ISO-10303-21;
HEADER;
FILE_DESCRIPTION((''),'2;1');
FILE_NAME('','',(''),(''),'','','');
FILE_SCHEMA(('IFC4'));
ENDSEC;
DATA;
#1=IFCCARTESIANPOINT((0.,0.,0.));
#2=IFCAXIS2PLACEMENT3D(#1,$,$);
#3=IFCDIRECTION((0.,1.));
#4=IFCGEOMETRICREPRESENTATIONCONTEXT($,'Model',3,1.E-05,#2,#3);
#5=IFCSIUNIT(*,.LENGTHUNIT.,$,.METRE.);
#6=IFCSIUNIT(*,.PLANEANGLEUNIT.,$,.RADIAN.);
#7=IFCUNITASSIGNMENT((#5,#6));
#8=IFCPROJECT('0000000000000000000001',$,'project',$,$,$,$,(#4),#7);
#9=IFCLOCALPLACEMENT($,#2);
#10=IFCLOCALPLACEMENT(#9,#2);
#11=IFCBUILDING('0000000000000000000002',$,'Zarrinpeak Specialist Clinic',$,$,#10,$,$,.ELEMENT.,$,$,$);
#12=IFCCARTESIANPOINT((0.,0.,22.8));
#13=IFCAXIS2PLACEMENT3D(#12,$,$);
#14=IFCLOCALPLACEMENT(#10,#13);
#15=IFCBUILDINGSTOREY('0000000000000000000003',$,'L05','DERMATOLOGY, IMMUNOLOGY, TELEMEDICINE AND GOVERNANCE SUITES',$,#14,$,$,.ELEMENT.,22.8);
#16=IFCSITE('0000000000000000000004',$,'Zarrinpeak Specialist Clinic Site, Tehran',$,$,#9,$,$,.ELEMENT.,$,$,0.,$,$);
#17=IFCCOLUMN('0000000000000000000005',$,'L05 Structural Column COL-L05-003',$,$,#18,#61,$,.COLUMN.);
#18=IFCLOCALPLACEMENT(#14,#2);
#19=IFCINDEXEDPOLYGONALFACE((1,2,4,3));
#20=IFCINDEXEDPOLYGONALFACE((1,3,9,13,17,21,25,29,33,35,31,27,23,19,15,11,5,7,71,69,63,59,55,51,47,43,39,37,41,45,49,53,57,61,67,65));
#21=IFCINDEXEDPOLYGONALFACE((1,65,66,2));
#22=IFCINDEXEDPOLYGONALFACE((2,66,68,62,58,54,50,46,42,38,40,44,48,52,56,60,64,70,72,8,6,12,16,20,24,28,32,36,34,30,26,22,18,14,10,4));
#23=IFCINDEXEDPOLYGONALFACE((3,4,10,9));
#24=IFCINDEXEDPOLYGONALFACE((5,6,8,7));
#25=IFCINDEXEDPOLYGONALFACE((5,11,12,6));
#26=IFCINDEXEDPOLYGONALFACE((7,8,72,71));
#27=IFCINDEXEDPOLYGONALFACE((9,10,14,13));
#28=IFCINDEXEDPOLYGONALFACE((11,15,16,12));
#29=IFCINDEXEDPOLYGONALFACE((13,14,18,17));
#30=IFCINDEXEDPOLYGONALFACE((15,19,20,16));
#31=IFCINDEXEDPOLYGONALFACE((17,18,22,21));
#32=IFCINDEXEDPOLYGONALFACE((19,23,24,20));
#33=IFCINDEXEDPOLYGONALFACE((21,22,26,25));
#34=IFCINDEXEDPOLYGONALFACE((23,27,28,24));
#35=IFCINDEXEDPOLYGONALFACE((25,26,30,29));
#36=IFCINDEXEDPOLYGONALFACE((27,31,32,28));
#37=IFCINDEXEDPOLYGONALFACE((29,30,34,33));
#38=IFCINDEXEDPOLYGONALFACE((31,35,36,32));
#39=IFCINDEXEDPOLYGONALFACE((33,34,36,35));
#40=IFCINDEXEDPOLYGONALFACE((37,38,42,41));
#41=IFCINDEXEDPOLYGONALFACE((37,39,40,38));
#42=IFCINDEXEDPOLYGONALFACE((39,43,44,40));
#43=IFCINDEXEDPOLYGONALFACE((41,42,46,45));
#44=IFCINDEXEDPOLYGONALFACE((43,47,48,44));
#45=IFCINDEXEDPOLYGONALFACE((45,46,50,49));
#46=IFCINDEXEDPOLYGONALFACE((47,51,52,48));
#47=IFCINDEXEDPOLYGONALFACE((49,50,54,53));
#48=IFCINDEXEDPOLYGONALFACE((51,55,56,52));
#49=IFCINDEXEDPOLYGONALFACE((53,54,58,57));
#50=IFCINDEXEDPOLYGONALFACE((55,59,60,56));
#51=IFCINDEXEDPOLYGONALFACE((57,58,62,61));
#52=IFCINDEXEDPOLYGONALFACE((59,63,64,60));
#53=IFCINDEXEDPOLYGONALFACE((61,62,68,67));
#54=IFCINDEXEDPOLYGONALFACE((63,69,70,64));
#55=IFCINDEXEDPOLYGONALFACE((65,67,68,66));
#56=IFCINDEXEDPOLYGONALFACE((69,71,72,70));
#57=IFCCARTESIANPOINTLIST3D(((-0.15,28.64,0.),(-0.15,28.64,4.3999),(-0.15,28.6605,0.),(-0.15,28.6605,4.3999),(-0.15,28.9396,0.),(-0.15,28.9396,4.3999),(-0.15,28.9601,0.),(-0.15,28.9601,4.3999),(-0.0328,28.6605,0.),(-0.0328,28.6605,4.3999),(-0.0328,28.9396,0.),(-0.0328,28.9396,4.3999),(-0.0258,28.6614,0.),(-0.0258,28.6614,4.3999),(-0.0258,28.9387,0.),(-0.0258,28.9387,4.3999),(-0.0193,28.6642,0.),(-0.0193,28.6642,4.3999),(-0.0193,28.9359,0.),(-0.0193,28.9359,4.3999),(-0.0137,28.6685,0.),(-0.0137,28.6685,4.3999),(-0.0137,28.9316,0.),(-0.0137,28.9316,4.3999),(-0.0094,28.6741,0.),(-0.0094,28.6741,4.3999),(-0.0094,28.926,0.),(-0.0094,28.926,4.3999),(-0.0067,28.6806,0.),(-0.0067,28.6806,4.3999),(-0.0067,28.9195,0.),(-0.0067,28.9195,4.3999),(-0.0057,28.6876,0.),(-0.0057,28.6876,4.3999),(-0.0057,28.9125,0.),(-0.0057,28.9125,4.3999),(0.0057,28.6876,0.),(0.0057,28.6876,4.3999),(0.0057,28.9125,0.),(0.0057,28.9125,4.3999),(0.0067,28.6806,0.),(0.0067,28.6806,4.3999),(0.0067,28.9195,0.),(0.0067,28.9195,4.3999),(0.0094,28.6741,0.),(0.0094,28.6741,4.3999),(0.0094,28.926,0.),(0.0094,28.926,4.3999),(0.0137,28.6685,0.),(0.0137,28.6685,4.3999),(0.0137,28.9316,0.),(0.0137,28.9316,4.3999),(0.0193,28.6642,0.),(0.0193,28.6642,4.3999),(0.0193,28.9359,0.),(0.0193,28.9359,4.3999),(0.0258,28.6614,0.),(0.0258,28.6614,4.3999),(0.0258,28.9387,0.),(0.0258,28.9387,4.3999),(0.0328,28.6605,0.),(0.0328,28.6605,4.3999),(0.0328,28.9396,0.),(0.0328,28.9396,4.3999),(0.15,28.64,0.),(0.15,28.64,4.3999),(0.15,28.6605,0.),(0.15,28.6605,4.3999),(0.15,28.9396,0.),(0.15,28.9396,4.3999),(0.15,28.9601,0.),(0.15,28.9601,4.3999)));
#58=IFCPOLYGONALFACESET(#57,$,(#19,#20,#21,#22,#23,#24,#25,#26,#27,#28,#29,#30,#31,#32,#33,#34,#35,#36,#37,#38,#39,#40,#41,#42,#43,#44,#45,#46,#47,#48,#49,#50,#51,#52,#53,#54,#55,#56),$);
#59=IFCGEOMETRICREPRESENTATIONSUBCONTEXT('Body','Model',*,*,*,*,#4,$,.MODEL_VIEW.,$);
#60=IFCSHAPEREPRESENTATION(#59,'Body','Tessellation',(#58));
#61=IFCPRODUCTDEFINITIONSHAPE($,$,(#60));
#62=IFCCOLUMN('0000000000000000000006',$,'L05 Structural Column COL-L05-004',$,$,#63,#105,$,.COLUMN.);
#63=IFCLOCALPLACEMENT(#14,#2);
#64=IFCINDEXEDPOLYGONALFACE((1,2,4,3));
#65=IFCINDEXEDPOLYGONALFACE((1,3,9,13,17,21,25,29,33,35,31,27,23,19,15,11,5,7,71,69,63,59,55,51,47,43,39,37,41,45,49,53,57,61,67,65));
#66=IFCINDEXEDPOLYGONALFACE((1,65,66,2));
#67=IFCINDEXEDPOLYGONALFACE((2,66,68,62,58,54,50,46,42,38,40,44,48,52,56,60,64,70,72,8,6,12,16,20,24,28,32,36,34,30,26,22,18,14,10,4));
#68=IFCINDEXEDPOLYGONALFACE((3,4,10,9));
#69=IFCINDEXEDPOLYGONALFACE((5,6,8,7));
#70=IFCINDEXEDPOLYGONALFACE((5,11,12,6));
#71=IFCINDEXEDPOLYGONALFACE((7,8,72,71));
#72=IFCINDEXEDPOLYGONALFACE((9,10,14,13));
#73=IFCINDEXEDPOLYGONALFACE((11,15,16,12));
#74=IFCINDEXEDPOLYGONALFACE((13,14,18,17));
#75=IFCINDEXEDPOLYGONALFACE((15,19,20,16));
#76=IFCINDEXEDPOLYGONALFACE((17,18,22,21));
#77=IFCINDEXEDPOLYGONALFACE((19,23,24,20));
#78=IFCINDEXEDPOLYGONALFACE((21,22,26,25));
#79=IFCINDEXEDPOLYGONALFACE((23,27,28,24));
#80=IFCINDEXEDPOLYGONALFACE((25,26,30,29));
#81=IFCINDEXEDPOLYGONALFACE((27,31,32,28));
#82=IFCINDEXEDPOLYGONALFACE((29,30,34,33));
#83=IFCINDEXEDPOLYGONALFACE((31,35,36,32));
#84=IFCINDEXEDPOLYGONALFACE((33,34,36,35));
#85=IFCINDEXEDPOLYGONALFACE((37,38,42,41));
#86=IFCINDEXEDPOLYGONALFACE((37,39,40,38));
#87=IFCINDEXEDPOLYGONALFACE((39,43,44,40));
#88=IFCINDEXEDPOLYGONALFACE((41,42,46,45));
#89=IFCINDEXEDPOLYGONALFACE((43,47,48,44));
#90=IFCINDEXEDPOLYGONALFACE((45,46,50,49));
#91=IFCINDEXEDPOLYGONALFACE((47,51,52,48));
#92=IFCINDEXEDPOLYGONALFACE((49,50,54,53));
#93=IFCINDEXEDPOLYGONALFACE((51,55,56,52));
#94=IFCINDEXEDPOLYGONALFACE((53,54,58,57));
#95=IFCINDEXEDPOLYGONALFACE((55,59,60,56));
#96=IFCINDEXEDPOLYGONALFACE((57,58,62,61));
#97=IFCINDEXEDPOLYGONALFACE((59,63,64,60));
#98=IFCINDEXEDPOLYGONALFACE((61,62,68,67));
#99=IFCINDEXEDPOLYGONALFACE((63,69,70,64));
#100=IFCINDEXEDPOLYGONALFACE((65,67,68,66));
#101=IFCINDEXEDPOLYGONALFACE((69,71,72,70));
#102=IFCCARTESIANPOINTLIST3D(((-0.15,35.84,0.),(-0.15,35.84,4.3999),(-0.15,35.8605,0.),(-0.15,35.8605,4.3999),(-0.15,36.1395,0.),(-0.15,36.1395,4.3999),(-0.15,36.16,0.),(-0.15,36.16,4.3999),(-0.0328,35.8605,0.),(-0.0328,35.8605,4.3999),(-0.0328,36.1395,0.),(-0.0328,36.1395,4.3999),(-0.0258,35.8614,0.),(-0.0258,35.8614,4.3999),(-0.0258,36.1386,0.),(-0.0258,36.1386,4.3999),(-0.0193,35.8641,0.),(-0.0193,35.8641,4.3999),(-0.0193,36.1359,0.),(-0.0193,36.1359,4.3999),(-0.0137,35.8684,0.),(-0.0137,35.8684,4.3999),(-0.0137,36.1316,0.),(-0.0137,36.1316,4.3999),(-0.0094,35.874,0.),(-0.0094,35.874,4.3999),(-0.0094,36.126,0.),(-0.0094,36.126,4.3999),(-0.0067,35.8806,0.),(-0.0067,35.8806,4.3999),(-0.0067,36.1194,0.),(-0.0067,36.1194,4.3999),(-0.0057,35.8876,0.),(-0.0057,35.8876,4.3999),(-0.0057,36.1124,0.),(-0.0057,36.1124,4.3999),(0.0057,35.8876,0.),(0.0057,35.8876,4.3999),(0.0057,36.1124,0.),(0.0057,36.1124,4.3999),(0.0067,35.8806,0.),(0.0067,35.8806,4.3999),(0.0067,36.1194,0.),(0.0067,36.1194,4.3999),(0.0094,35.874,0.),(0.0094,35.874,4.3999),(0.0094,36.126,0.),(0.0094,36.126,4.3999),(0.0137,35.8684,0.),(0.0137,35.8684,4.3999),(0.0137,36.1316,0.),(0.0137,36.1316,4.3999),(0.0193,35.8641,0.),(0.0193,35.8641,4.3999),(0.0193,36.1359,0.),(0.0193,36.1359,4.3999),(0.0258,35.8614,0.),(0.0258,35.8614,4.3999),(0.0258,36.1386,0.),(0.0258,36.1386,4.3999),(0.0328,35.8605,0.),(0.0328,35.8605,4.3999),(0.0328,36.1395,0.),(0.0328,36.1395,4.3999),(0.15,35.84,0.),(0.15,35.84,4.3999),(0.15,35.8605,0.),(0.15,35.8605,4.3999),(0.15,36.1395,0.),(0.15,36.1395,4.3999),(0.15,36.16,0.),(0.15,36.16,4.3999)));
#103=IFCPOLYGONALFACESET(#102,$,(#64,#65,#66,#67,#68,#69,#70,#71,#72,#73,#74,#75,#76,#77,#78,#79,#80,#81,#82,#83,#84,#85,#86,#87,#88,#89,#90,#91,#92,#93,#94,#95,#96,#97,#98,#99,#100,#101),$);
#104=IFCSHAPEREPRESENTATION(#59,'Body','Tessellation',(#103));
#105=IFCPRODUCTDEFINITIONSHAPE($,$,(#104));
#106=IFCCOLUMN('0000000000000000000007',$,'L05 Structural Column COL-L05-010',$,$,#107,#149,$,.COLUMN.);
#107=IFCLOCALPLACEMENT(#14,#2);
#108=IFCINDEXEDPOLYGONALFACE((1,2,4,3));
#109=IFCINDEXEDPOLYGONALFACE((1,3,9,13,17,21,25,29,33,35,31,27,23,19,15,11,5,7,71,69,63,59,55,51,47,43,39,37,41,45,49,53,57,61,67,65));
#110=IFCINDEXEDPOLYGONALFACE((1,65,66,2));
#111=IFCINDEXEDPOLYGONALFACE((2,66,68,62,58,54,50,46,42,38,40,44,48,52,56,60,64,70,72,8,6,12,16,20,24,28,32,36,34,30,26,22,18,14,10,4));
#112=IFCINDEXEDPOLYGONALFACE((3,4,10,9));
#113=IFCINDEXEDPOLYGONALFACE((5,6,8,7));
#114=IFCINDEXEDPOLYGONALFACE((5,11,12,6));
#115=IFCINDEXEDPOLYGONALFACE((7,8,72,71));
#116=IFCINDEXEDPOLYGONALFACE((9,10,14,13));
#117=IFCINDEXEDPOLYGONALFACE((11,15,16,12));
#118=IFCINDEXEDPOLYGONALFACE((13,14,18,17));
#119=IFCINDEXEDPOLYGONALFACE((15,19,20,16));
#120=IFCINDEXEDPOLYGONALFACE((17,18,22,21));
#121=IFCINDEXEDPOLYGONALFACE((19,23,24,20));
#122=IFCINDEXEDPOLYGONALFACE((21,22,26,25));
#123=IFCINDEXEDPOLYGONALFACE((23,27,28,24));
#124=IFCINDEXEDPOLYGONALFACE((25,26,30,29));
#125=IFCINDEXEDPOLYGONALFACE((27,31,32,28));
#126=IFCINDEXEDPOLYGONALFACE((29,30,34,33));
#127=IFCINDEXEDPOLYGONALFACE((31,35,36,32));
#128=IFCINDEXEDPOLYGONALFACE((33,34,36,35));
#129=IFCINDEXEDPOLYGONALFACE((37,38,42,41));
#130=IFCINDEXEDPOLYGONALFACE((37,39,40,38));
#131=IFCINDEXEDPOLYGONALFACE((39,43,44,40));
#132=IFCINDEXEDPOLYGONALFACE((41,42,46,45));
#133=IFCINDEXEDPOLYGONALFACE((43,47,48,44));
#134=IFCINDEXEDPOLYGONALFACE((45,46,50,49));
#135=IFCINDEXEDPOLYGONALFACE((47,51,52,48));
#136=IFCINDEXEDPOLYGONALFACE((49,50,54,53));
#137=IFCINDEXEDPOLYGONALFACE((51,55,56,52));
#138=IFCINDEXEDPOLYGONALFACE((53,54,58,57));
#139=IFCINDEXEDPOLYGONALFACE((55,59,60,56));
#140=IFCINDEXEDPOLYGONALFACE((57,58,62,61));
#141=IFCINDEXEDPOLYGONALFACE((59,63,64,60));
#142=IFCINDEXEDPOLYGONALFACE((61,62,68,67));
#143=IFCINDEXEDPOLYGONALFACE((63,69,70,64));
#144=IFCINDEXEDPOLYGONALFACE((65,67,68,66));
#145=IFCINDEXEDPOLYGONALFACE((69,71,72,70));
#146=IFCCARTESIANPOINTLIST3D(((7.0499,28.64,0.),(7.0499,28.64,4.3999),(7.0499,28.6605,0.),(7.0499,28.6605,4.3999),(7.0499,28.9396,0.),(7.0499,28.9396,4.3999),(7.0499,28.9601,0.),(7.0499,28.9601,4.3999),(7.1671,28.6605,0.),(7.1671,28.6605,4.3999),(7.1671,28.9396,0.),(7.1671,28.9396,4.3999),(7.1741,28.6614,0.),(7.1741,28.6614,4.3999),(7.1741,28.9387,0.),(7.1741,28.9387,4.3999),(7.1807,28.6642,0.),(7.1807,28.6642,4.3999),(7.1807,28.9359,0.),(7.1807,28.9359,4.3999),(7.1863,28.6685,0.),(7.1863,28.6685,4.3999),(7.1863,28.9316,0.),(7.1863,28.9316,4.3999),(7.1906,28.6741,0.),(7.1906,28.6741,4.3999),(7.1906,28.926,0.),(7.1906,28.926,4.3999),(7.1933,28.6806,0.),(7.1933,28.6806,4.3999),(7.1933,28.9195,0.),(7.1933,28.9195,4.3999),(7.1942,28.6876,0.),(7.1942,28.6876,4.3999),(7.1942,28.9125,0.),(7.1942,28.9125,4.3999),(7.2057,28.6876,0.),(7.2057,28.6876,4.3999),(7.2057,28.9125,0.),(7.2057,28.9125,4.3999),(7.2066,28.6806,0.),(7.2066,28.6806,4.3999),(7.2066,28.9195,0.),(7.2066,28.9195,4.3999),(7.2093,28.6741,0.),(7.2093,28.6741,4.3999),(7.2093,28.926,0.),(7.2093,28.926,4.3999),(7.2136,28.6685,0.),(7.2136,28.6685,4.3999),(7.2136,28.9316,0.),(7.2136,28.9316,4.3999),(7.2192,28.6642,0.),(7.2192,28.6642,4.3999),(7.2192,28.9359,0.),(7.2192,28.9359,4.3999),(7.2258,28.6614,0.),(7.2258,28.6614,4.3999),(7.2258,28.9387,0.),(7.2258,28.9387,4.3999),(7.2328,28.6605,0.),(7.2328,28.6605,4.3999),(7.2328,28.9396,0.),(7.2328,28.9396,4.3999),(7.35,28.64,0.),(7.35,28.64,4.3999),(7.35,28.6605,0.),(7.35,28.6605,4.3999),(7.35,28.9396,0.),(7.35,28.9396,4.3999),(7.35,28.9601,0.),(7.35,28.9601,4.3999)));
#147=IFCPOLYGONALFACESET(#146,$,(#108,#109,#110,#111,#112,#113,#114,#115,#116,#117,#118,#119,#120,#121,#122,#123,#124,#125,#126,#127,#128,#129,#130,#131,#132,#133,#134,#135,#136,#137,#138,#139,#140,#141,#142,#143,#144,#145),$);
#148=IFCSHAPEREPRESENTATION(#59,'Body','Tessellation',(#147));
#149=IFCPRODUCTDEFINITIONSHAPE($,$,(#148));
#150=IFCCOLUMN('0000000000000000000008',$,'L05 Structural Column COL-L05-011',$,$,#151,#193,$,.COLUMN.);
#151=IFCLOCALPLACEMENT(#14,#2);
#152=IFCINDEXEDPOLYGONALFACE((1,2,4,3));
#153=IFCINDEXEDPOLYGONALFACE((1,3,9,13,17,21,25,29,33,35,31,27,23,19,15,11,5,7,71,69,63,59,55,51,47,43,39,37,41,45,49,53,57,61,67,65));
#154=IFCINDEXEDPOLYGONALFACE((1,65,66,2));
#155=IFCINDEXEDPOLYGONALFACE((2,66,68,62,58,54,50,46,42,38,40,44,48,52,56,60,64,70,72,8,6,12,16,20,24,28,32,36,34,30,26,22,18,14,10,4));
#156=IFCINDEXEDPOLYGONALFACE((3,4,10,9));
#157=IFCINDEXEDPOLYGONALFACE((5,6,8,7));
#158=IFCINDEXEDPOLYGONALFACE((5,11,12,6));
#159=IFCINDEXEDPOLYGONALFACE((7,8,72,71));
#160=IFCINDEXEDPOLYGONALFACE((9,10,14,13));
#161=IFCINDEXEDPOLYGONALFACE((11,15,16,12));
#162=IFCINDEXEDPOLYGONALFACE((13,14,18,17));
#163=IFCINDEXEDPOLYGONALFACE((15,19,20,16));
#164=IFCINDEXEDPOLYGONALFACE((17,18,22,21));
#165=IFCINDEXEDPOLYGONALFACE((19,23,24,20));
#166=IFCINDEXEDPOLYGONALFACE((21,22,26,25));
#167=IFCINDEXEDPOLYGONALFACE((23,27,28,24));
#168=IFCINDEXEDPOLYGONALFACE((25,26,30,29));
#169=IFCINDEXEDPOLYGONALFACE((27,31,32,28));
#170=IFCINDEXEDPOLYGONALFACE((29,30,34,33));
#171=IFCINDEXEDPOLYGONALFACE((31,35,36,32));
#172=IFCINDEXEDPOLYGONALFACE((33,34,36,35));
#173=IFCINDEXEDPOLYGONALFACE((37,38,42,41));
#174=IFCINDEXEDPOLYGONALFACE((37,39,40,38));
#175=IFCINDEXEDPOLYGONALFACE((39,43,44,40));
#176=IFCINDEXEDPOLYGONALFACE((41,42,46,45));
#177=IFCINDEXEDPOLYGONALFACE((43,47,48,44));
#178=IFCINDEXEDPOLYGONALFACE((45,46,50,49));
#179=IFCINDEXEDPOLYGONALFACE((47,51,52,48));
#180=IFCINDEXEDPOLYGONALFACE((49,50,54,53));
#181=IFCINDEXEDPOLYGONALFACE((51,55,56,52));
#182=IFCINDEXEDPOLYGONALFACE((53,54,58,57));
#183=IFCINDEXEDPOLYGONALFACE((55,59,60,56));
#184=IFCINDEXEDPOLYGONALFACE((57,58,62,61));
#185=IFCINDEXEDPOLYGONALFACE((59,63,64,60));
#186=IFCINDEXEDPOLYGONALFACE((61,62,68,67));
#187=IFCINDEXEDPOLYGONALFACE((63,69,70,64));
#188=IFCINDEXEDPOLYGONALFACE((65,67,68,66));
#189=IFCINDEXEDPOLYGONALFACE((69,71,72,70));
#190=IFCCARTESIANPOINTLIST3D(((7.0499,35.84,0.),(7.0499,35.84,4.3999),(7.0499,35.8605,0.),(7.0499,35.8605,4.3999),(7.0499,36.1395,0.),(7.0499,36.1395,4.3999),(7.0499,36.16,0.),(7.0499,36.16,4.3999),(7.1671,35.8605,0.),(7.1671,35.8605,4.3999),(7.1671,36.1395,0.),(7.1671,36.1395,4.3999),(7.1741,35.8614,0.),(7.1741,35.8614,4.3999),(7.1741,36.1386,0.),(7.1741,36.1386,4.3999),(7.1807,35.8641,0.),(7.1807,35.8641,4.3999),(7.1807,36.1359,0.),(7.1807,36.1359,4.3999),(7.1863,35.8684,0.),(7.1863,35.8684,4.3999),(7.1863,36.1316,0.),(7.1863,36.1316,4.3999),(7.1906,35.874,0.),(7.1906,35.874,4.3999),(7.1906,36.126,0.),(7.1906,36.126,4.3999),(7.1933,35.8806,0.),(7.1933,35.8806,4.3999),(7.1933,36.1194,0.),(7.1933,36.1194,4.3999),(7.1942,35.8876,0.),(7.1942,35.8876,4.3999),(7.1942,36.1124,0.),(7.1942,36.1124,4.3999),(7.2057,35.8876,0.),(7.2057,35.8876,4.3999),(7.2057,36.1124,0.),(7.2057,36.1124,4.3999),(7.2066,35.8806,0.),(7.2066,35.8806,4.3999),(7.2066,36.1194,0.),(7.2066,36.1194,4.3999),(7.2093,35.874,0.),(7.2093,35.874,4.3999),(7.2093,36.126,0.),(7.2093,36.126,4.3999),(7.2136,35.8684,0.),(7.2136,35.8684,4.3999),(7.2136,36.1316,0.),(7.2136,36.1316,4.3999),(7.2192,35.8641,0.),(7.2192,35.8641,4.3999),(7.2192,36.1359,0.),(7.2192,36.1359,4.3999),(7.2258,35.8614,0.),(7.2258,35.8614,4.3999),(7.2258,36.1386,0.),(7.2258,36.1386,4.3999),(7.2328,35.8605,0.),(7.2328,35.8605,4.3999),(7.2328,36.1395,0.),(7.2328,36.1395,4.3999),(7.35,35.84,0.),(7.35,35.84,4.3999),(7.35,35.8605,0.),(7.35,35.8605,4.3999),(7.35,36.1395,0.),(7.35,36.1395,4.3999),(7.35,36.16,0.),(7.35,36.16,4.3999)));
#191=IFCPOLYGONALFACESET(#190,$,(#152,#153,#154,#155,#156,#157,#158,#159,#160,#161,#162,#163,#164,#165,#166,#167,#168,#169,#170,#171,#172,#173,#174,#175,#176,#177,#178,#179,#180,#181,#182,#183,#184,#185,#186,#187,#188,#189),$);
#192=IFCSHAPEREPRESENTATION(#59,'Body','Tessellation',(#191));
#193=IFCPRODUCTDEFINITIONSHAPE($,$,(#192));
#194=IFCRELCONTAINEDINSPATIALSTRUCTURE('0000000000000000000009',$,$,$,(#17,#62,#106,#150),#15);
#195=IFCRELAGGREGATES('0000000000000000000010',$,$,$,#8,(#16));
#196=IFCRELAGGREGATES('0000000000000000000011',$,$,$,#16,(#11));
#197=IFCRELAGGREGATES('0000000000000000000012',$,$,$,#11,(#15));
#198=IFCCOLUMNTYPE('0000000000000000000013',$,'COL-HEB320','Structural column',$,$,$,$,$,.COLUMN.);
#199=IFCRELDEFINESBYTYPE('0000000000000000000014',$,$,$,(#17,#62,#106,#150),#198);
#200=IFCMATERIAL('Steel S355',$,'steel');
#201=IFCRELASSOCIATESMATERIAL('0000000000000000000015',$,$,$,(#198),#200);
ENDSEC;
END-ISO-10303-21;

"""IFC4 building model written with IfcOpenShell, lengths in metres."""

from ifc_helpers import new_model, si_unit, direction, frame, origin, origin_2d, place, context, subcontext, project, spatial, i_section, extrude, material, material_profile, profile_set, type_object, element, save


model = new_model("IFC4")

# Units and contexts
model_context = context("Model", 3, precision=1e-05, world=origin(), true_north=direction((0.0, 1.0)))
body_context = subcontext(model_context, "Body", "Model", "MODEL_VIEW")
ifc_project = project(units=[si_unit("LENGTHUNIT", "METRE"), si_unit("PLANEANGLEUNIT", "RADIAN")], contexts=[model_context])

# Site, building, storey
site_placement = place(None, origin())
site = spatial("IfcSite", under=ifc_project, at=site_placement, Name="Zarrinpeak Specialist Clinic Site, Tehran", CompositionType="ELEMENT", RefElevation=0.0)
building_placement = place(site_placement, origin())
building = spatial("IfcBuilding", under=site, at=building_placement, Name="Zarrinpeak Specialist Clinic", CompositionType="ELEMENT")
storey_placement = place(building_placement, frame((0.0, 0.0, 22.8)))
storey = spatial("IfcBuildingStorey", under=building, at=storey_placement, Name="L05", Description="DERMATOLOGY, IMMUNOLOGY, TELEMEDICINE AND GOVERNANCE SUITES", CompositionType="ELEMENT", Elevation=22.8)

# Columns
ifc_material_1 = material(Name="Steel S355", Category="steel")
ifc_material_profile_1 = material_profile(ifc_material_1, i_section(OverallWidth=0.3, OverallDepth=0.3201, WebThickness=0.0115, FlangeThickness=0.0205, FilletRadius=0.0271, at=origin_2d()), Name="HEB 320")
ifc_profile_set_1 = profile_set([ifc_material_profile_1], Name="Steel S355")
column_type = type_object("IfcColumnType", Name="COL-HEB320", Description="Structural column", PredefinedType="COLUMN", material=ifc_profile_set_1)
for number, where, z_axis, x_axis, name in (
    (1, (0.0, 28.8, 0.0), (0.0, 0.0, 1.0), (1.0, 0.0, 0.0), "L05 Structural Column COL-L05-003"),
    (2, (0.0, 36.0, 0.0), (0.0, 0.0, 1.0), (1.0, 0.0, 0.0), "L05 Structural Column COL-L05-004"),
    (3, (7.2, 28.8, 0.0), (0.0, 0.0, 1.0), (1.0, 0.0, 0.0), "L05 Structural Column COL-L05-010"),
    (4, (7.2, 36.0, 0.0), (0.0, 0.0, 1.0), (1.0, 0.0, 0.0), "L05 Structural Column COL-L05-011"),
):
    element("IfcColumn", number, at=place(storey_placement, frame(where, z_axis=z_axis, x_axis=x_axis)), inside=storey, type_object=column_type, Name=name, PredefinedType="COLUMN", context=body_context, shape_type="SweptSolid", body=[
        extrude(i_section(OverallWidth=0.3, OverallDepth=0.3201, WebThickness=0.0115, FlangeThickness=0.0205, FilletRadius=0.0271, at=origin_2d()), origin(), (0.0, 0.0, 1.0), 4.3999),
    ])

save(model, "model.ifc")
